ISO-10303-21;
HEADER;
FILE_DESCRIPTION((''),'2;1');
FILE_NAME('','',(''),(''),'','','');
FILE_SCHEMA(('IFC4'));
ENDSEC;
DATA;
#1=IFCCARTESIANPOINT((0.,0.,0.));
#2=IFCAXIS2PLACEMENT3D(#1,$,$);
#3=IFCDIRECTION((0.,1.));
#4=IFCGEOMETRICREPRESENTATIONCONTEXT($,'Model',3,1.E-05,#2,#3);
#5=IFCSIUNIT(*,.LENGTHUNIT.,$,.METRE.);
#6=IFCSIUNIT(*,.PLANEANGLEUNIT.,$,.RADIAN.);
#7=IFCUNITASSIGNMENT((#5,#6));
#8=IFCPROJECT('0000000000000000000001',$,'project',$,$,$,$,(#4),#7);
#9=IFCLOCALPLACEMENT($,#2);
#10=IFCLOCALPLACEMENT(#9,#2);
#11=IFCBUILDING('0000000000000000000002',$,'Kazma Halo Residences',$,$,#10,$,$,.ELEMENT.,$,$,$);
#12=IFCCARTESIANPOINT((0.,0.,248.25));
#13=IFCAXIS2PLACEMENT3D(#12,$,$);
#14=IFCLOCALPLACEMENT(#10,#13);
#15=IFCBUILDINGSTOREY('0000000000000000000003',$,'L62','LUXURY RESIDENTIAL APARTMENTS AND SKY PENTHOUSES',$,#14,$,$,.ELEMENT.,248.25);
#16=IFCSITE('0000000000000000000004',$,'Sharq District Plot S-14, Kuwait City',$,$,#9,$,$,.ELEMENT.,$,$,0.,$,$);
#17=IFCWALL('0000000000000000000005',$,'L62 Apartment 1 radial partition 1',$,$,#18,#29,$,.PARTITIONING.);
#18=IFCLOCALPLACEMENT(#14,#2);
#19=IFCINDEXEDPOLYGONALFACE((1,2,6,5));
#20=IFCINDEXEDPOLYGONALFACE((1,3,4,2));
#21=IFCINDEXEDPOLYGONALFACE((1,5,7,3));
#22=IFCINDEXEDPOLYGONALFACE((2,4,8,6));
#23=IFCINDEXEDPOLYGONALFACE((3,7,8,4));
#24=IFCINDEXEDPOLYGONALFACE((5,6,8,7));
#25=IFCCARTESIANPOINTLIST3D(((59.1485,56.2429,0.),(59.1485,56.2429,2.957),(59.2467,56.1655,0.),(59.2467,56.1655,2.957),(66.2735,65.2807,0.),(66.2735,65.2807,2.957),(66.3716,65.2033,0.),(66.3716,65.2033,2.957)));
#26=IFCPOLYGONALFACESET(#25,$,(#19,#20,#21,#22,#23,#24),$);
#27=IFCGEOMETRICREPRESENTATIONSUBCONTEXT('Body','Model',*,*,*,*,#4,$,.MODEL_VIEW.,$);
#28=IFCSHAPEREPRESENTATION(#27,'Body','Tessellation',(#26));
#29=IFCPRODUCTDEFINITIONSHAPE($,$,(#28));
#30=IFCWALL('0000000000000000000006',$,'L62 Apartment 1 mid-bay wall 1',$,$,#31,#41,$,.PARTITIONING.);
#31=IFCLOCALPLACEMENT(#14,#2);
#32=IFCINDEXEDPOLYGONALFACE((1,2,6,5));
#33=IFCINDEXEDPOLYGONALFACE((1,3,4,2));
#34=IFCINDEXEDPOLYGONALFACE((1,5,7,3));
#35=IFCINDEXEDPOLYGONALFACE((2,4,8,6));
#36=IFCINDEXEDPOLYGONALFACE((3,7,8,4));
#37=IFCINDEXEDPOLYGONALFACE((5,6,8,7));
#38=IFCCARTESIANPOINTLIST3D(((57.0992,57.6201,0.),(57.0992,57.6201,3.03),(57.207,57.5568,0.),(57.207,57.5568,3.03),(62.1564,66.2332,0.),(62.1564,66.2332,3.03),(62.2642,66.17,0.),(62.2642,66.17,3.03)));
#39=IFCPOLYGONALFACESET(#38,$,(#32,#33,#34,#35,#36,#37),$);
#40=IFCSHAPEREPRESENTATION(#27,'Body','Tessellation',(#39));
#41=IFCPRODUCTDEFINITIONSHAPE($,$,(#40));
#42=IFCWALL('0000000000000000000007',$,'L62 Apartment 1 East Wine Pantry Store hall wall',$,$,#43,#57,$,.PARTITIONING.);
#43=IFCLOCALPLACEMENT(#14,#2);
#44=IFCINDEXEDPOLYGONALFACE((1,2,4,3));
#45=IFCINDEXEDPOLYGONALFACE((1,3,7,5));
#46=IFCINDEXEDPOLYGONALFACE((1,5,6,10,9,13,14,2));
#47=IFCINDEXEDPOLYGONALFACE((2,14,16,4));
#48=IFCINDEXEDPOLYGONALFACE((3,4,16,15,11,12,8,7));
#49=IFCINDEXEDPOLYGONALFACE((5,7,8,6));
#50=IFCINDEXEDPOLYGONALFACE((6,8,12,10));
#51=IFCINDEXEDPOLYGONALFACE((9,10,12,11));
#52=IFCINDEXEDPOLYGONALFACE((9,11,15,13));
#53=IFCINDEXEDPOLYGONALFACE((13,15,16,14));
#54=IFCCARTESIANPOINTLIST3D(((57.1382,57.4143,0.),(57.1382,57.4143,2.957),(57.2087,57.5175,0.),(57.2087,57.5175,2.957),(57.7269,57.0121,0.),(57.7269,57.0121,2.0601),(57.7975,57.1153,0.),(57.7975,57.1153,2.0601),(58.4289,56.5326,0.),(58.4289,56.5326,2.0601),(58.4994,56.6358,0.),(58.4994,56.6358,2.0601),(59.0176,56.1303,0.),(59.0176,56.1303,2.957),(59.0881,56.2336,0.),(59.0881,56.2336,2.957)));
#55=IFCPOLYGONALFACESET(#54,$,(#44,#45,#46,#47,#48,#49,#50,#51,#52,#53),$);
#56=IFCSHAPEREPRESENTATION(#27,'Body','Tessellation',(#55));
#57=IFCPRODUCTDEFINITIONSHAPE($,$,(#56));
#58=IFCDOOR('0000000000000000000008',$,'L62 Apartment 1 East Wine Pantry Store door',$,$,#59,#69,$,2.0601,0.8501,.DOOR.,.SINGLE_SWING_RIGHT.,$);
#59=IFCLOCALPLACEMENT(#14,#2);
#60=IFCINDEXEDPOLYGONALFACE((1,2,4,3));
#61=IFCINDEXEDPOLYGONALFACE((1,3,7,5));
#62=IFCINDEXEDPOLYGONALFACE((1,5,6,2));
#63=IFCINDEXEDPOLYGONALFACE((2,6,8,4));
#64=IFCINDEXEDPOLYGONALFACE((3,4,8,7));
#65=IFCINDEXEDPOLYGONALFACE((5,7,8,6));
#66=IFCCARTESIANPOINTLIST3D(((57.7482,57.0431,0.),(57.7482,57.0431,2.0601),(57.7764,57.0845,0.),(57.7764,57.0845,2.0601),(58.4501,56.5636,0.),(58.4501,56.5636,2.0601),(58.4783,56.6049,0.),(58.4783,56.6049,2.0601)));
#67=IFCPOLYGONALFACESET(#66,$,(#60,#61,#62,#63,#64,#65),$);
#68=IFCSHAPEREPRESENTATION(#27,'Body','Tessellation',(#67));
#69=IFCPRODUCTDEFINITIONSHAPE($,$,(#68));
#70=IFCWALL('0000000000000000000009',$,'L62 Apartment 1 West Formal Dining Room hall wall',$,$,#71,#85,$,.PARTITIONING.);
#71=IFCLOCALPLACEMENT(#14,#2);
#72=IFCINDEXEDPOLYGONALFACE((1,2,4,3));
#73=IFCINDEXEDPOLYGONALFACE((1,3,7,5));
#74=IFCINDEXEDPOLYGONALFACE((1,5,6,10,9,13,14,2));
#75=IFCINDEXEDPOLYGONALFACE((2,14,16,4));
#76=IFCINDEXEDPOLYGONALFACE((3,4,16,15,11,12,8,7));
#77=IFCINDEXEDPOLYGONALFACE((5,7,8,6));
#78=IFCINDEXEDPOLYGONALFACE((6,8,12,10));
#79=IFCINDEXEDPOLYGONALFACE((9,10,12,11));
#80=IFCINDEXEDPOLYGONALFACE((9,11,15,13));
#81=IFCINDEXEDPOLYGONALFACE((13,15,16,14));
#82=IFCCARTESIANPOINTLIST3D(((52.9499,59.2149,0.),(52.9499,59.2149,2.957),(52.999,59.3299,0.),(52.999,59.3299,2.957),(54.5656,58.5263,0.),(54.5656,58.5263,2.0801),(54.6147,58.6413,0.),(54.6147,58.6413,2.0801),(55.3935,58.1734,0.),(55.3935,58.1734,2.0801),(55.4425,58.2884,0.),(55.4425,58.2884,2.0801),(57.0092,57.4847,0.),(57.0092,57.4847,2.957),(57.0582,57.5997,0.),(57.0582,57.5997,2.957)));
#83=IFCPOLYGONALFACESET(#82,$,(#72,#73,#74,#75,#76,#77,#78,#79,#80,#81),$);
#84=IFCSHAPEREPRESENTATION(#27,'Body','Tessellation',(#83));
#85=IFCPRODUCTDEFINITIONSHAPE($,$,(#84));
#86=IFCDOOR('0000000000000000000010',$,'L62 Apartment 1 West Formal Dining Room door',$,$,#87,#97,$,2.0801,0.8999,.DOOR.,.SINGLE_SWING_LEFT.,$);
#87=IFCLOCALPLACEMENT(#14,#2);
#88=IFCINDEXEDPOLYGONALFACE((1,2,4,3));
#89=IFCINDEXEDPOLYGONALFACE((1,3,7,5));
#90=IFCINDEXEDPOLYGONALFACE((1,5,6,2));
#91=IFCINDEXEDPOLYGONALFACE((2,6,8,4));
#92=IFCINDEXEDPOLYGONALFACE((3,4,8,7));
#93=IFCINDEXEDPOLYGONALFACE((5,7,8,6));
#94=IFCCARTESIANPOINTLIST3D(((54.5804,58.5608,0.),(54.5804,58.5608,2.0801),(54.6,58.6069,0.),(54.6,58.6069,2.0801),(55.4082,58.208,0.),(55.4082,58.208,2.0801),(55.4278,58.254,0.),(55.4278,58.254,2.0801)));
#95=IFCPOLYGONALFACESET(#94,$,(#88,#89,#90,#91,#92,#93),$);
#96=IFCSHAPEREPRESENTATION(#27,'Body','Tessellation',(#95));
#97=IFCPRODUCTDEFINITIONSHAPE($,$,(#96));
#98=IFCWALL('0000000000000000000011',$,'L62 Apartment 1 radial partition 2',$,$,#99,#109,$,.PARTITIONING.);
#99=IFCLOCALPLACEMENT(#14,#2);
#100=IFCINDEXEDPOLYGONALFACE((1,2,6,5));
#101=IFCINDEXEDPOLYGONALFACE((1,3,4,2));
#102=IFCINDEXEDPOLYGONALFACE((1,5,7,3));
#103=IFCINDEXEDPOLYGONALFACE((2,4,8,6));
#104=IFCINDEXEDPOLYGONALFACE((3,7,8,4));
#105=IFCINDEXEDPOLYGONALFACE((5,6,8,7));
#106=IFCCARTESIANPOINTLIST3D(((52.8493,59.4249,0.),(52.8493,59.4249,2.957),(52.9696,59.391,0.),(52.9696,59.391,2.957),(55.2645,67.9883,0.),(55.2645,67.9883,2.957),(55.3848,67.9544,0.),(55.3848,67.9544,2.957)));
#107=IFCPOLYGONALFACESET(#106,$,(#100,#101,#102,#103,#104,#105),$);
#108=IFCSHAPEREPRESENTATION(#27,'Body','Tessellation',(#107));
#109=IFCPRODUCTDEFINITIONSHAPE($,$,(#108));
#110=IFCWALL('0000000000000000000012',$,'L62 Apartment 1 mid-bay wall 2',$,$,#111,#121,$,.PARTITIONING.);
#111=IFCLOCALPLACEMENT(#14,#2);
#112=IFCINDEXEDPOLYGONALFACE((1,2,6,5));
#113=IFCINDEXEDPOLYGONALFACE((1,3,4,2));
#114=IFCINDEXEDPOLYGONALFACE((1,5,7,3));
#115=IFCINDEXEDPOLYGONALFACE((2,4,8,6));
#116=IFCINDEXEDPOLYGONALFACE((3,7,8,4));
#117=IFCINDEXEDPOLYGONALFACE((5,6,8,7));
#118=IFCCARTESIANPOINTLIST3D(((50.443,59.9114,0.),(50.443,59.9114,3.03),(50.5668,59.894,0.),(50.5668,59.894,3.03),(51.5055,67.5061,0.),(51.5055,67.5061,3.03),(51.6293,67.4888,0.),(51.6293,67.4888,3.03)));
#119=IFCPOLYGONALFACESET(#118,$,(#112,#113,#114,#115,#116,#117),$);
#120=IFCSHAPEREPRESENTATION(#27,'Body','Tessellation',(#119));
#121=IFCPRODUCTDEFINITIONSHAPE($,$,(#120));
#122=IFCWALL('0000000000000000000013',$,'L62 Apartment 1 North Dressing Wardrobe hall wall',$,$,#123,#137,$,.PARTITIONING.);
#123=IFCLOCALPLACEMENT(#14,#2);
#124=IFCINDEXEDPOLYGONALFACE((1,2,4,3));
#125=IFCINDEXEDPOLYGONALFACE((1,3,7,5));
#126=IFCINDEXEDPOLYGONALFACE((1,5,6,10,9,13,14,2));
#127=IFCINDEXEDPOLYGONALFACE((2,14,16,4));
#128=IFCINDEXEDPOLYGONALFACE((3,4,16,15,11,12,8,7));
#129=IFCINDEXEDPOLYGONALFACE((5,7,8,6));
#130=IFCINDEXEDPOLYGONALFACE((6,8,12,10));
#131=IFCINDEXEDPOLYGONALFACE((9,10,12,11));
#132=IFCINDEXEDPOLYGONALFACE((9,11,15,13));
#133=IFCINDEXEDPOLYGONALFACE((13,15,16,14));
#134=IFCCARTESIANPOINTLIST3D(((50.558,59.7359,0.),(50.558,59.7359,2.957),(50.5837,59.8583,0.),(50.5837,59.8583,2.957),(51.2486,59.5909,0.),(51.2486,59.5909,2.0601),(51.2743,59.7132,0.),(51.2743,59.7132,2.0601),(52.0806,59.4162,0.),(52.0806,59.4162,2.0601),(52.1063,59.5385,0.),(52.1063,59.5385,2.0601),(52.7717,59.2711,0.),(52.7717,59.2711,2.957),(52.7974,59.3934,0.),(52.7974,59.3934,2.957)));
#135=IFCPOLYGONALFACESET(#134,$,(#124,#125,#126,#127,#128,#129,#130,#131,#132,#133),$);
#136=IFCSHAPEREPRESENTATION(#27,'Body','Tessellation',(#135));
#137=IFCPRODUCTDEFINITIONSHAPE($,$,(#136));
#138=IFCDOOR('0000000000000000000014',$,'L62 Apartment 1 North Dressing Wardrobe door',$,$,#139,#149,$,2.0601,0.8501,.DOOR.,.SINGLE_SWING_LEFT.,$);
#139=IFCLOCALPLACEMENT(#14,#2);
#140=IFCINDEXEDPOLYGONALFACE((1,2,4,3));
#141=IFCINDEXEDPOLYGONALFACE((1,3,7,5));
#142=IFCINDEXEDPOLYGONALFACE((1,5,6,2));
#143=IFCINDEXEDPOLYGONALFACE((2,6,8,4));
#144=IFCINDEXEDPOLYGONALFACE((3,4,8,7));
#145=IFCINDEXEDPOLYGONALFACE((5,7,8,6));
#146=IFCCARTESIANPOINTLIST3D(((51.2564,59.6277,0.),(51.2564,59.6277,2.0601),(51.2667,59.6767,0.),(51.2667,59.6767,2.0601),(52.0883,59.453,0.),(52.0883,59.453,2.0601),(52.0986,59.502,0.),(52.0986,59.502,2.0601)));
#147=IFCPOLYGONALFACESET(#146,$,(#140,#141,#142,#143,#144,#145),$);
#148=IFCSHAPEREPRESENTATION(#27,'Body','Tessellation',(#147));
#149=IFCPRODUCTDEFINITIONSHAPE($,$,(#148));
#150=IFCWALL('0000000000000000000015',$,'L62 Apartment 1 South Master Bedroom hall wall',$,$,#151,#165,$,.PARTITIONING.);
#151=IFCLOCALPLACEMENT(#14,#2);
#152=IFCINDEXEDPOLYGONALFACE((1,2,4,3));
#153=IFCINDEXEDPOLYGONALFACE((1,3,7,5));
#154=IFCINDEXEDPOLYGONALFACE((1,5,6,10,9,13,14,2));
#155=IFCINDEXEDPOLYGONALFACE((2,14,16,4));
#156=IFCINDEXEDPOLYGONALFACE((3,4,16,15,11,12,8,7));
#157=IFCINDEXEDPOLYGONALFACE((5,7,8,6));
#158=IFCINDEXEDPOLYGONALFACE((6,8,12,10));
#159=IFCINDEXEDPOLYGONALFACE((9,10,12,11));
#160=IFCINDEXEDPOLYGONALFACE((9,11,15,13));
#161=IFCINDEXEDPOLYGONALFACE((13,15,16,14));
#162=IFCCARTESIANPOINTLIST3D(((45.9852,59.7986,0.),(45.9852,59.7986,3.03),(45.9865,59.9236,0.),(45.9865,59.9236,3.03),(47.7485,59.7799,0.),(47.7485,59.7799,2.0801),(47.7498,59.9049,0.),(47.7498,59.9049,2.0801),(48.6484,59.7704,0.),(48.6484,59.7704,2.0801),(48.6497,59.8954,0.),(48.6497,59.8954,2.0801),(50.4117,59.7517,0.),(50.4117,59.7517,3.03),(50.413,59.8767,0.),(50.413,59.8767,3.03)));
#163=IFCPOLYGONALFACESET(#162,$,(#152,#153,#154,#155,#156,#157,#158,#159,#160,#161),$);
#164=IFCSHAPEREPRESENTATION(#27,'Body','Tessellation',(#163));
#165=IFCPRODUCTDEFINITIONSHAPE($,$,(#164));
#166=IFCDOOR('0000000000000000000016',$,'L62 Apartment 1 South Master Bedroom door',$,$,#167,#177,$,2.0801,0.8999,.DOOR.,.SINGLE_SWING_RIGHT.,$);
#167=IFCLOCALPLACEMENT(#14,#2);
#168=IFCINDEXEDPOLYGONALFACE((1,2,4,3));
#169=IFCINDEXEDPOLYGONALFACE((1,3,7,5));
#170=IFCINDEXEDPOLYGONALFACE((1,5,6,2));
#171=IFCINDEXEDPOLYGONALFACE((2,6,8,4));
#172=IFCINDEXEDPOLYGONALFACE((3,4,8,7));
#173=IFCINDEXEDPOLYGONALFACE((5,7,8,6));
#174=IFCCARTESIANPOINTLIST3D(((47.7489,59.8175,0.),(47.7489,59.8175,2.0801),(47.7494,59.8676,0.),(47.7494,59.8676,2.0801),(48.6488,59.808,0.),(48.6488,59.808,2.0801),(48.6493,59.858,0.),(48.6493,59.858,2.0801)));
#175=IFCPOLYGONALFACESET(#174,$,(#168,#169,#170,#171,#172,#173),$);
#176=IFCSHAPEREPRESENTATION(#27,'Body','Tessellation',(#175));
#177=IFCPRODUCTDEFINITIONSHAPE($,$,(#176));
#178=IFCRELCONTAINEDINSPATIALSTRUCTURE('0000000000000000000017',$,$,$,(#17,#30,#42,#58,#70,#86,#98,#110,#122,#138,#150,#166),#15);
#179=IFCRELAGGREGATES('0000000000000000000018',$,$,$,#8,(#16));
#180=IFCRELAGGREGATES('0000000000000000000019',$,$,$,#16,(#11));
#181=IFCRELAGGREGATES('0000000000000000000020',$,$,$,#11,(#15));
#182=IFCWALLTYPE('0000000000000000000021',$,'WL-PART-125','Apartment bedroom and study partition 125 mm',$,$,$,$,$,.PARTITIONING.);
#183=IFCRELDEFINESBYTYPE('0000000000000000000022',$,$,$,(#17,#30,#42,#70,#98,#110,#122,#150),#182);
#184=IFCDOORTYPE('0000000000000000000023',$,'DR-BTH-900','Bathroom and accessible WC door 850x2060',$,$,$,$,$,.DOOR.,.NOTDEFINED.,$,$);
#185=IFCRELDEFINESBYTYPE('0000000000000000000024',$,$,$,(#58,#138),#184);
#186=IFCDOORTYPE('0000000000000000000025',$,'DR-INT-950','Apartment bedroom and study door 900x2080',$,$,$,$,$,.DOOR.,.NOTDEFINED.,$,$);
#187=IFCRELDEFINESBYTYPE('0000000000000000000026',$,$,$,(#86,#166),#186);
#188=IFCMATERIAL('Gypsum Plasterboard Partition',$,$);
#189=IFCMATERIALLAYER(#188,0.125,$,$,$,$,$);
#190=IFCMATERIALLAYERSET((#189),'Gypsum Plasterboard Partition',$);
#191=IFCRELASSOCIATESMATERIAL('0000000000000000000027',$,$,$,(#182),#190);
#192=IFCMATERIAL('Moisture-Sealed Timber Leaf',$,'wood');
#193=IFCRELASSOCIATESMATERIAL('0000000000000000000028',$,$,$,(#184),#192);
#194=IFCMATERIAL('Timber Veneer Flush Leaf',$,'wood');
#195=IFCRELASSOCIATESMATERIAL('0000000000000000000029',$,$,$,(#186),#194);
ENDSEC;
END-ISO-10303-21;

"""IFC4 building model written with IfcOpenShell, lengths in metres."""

from ifc_helpers import new_model, si_unit, direction, frame, frame_2d, origin, place, context, subcontext, project, spatial, rectangle, extrude, material, layer, layer_set, type_object, element, fill, save


model = new_model("IFC4")

# Units and contexts
model_context = context("Model", 3, precision=1e-05, world=origin(), true_north=direction((0.0, 1.0)))
body_context = subcontext(model_context, "Body", "Model", "MODEL_VIEW")
ifc_project = project(units=[si_unit("LENGTHUNIT", "METRE"), si_unit("PLANEANGLEUNIT", "RADIAN")], contexts=[model_context])

# Site, building, storey
site_placement = place(None, origin())
site = spatial("IfcSite", under=ifc_project, at=site_placement, Name="Sharq District Plot S-14, Kuwait City", CompositionType="ELEMENT", RefElevation=0.0)
building_placement = place(site_placement, origin())
building = spatial("IfcBuilding", under=site, at=building_placement, Name="Kazma Halo Residences", CompositionType="ELEMENT")
storey_placement = place(building_placement, frame((0.0, 0.0, 248.25)))
storey = spatial("IfcBuildingStorey", under=building, at=storey_placement, Name="L62", Description="LUXURY RESIDENTIAL APARTMENTS AND SKY PENTHOUSES", CompositionType="ELEMENT", Elevation=248.25)

# Shared definitions
ifc_material_1 = material(Name="Gypsum Plasterboard Partition")
ifc_layer_1 = layer(ifc_material_1, 0.125)
ifc_layer_set_1 = layer_set([ifc_layer_1], Name="Gypsum Plasterboard Partition")
wall_type_1 = type_object("IfcWallType", Name="WL-PART-125", Description="Apartment bedroom and study partition 125 mm", PredefinedType="PARTITIONING", material=ifc_layer_set_1)

# Walls
wall_1_placement = place(storey_placement, frame((59.1975, 56.2041, 0.0), z_axis=(0.0, 0.0, 1.0), x_axis=(0.619101, 0.785311, 0.0)))
element("IfcWall", 1, at=wall_1_placement, inside=storey, type_object=wall_type_1, Name="L62 Apartment 1 radial partition 1", PredefinedType="PARTITIONING", context=body_context, shape_type="SweptSolid", body=[
    extrude(rectangle(XDim=11.5085, YDim=0.125, at=frame_2d((5.7544, 0.0))), origin(), (0.0, 0.0, 1.0), 2.957),
])
wall_2_placement = place(storey_placement, frame((57.1531, 57.5884, 0.0), z_axis=(0.0, 0.0, 1.0), x_axis=(0.506323, 0.862344, 0.0)))
element("IfcWall", 2, at=wall_2_placement, inside=storey, type_object=wall_type_1, Name="L62 Apartment 1 mid-bay wall 1", PredefinedType="PARTITIONING", context=body_context, shape_type="SweptSolid", body=[
    extrude(rectangle(XDim=9.988, YDim=0.125, at=frame_2d((4.9941, 0.0))), origin(), (0.0, 0.0, 1.0), 3.03),
])

# Walls, openings, doors
wall_3_placement = place(storey_placement, frame((59.053, 56.1819, 0.0), z_axis=(0.0, 0.0, 1.0), x_axis=(-0.82571, 0.564095, 0.0)))
wall_3 = element("IfcWall", 3, at=wall_3_placement, inside=storey, type_object=wall_type_1, Name="L62 Apartment 1 East Wine Pantry Store hall wall", PredefinedType="PARTITIONING", context=body_context, shape_type="SweptSolid", body=[
    extrude(rectangle(XDim=2.2761, YDim=0.125, at=frame_2d((1.1382, 0.0))), origin(), (0.0, 0.0, 1.0), 2.957),
])
opening_1_placement = place(wall_3_placement, frame((0.7131, 0.0, 0.0)))
opening_1 = element("IfcOpeningElement", 4, at=opening_1_placement, cuts=wall_3, PredefinedType="OPENING", context=body_context, shape_type="SweptSolid", body=[
    extrude(rectangle(XDim=0.8501, YDim=2.0601, at=frame_2d((0.425, 1.03))), frame((0.0, 0.0725, 0.0), z_axis=(0.0, -1.0, 0.0), x_axis=(1.0, 0.0, 0.0)), (0.0, 0.0, 1.0), 0.145),
])
ifc_material_2 = material(Name="Moisture-Sealed Timber Leaf", Category="wood")
door_type_1 = type_object("IfcDoorType", Name="DR-BTH-900", Description="Bathroom and accessible WC door 850x2060", OperationType="NOTDEFINED", PredefinedType="DOOR", material=ifc_material_2)
door_1_placement = place(opening_1_placement, origin())
door_1 = element("IfcDoor", 5, at=door_1_placement, inside=storey, type_object=door_type_1, Name="L62 Apartment 1 East Wine Pantry Store door", OperationType="SINGLE_SWING_RIGHT", OverallHeight=2.0601, OverallWidth=0.8501, PredefinedType="DOOR", context=body_context, shape_type="SweptSolid", body=[
    extrude(rectangle(XDim=0.8501, YDim=2.0601, at=frame_2d((0.425, 1.03))), frame((0.0, 0.0249, 0.0), z_axis=(0.0, -1.0, 0.0), x_axis=(1.0, 0.0, 0.0)), (0.0, 0.0, 1.0), 0.05),
])
fill(opening_1, door_1)
wall_4_placement = place(storey_placement, frame((57.0337, 57.5422, 0.0), z_axis=(0.0, 0.0, 1.0), x_axis=(-0.919922, 0.392102, 0.0)))
wall_4 = element("IfcWall", 6, at=wall_4_placement, inside=storey, type_object=wall_type_1, Name="L62 Apartment 1 West Formal Dining Room hall wall", PredefinedType="PARTITIONING", context=body_context, shape_type="SweptSolid", body=[
    extrude(rectangle(XDim=4.4126, YDim=0.125, at=frame_2d((2.2063, 0.0))), origin(), (0.0, 0.0, 1.0), 2.957),
])
opening_2_placement = place(wall_4_placement, frame((1.7563, 0.0, 0.0)))
opening_2 = element("IfcOpeningElement", 7, at=opening_2_placement, cuts=wall_4, PredefinedType="OPENING", context=body_context, shape_type="SweptSolid", body=[
    extrude(rectangle(XDim=0.8999, YDim=2.0801, at=frame_2d((0.45, 1.04))), frame((0.0, 0.0725, 0.0), z_axis=(0.0, -1.0, 0.0), x_axis=(1.0, 0.0, 0.0)), (0.0, 0.0, 1.0), 0.145),
])
ifc_material_3 = material(Name="Timber Veneer Flush Leaf", Category="wood")
door_type_2 = type_object("IfcDoorType", Name="DR-INT-950", Description="Apartment bedroom and study door 900x2080", OperationType="NOTDEFINED", PredefinedType="DOOR", material=ifc_material_3)
door_2_placement = place(opening_2_placement, origin())
door_2 = element("IfcDoor", 8, at=door_2_placement, inside=storey, type_object=door_type_2, Name="L62 Apartment 1 West Formal Dining Room door", OperationType="SINGLE_SWING_LEFT", OverallHeight=2.0801, OverallWidth=0.8999, PredefinedType="DOOR", context=body_context, shape_type="SweptSolid", body=[
    extrude(rectangle(XDim=0.8999, YDim=2.0801, at=frame_2d((0.45, 1.04))), frame((0.0, 0.0249, 0.0), z_axis=(0.0, -1.0, 0.0), x_axis=(1.0, 0.0, 0.0)), (0.0, 0.0, 1.0), 0.05),
])
fill(opening_2, door_2)

# Walls
wall_5_placement = place(storey_placement, frame((52.9094, 59.408, 0.0), z_axis=(0.0, 0.0, 1.0), x_axis=(0.271454, 0.962451, 0.0)))
element("IfcWall", 9, at=wall_5_placement, inside=storey, type_object=wall_type_1, Name="L62 Apartment 1 radial partition 2", PredefinedType="PARTITIONING", context=body_context, shape_type="SweptSolid", body=[
    extrude(rectangle(XDim=8.8975, YDim=0.125, at=frame_2d((4.4487, 0.0))), origin(), (0.0, 0.0, 1.0), 2.957),
])
wall_6_placement = place(storey_placement, frame((50.5049, 59.9026, 0.0), z_axis=(0.0, 0.0, 1.0), x_axis=(0.13855, 0.990355, 0.0)))
element("IfcWall", 10, at=wall_6_placement, inside=storey, type_object=wall_type_1, Name="L62 Apartment 1 mid-bay wall 2", PredefinedType="PARTITIONING", context=body_context, shape_type="SweptSolid", body=[
    extrude(rectangle(XDim=7.6687, YDim=0.125, at=frame_2d((3.8345, 0.0))), origin(), (0.0, 0.0, 1.0), 3.03),
])

# Walls, openings, doors
wall_7_placement = place(storey_placement, frame((52.7844, 59.3323, 0.0), z_axis=(0.0, 0.0, 1.0), x_axis=(-0.978655, 0.20551, 0.0)))
wall_7 = element("IfcWall", 11, at=wall_7_placement, inside=storey, type_object=wall_type_1, Name="L62 Apartment 1 North Dressing Wardrobe hall wall", PredefinedType="PARTITIONING", context=body_context, shape_type="SweptSolid", body=[
    extrude(rectangle(XDim=2.262, YDim=0.125, at=frame_2d((1.1309, 0.0))), origin(), (0.0, 0.0, 1.0), 2.957),
])
opening_3_placement = place(wall_7_placement, frame((0.7061, 0.0, 0.0)))
opening_3 = element("IfcOpeningElement", 12, at=opening_3_placement, cuts=wall_7, PredefinedType="OPENING", context=body_context, shape_type="SweptSolid", body=[
    extrude(rectangle(XDim=0.8501, YDim=2.0601, at=frame_2d((0.425, 1.03))), frame((0.0, 0.0725, 0.0), z_axis=(0.0, -1.0, 0.0), x_axis=(1.0, 0.0, 0.0)), (0.0, 0.0, 1.0), 0.145),
])
door_3_placement = place(opening_3_placement, origin())
door_3 = element("IfcDoor", 13, at=door_3_placement, inside=storey, type_object=door_type_1, Name="L62 Apartment 1 North Dressing Wardrobe door", OperationType="SINGLE_SWING_LEFT", OverallHeight=2.0601, OverallWidth=0.8501, PredefinedType="DOOR", context=body_context, shape_type="SweptSolid", body=[
    extrude(rectangle(XDim=0.8501, YDim=2.0601, at=frame_2d((0.425, 1.03))), frame((0.0, 0.0249, 0.0), z_axis=(0.0, -1.0, 0.0), x_axis=(1.0, 0.0, 0.0)), (0.0, 0.0, 1.0), 0.05),
])
fill(opening_3, door_3)
wall_8_placement = place(storey_placement, frame((50.4124, 59.8142, 0.0), z_axis=(0.0, 0.0, 1.0), x_axis=(-0.999944, 0.010589, 0.0)))
wall_8 = element("IfcWall", 14, at=wall_8_placement, inside=storey, type_object=wall_type_1, Name="L62 Apartment 1 South Master Bedroom hall wall", PredefinedType="PARTITIONING", context=body_context, shape_type="SweptSolid", body=[
    extrude(rectangle(XDim=4.4268, YDim=0.125, at=frame_2d((2.2134, 0.0))), origin(), (0.0, 0.0, 1.0), 3.03),
])
opening_4_placement = place(wall_8_placement, frame((1.7634, 0.0, 0.0)))
opening_4 = element("IfcOpeningElement", 15, at=opening_4_placement, cuts=wall_8, PredefinedType="OPENING", context=body_context, shape_type="SweptSolid", body=[
    extrude(rectangle(XDim=0.8999, YDim=2.0801, at=frame_2d((0.45, 1.04))), frame((0.0, 0.0725, 0.0), z_axis=(0.0, -1.0, 0.0), x_axis=(1.0, 0.0, 0.0)), (0.0, 0.0, 1.0), 0.145),
])
door_4_placement = place(opening_4_placement, origin())
door_4 = element("IfcDoor", 16, at=door_4_placement, inside=storey, type_object=door_type_2, Name="L62 Apartment 1 South Master Bedroom door", OperationType="SINGLE_SWING_RIGHT", OverallHeight=2.0801, OverallWidth=0.8999, PredefinedType="DOOR", context=body_context, shape_type="SweptSolid", body=[
    extrude(rectangle(XDim=0.8999, YDim=2.0801, at=frame_2d((0.45, 1.04))), frame((0.0, 0.0249, 0.0), z_axis=(0.0, -1.0, 0.0), x_axis=(1.0, 0.0, 0.0)), (0.0, 0.0, 1.0), 0.05),
])
fill(opening_4, door_4)

save(model, "model.ifc")
